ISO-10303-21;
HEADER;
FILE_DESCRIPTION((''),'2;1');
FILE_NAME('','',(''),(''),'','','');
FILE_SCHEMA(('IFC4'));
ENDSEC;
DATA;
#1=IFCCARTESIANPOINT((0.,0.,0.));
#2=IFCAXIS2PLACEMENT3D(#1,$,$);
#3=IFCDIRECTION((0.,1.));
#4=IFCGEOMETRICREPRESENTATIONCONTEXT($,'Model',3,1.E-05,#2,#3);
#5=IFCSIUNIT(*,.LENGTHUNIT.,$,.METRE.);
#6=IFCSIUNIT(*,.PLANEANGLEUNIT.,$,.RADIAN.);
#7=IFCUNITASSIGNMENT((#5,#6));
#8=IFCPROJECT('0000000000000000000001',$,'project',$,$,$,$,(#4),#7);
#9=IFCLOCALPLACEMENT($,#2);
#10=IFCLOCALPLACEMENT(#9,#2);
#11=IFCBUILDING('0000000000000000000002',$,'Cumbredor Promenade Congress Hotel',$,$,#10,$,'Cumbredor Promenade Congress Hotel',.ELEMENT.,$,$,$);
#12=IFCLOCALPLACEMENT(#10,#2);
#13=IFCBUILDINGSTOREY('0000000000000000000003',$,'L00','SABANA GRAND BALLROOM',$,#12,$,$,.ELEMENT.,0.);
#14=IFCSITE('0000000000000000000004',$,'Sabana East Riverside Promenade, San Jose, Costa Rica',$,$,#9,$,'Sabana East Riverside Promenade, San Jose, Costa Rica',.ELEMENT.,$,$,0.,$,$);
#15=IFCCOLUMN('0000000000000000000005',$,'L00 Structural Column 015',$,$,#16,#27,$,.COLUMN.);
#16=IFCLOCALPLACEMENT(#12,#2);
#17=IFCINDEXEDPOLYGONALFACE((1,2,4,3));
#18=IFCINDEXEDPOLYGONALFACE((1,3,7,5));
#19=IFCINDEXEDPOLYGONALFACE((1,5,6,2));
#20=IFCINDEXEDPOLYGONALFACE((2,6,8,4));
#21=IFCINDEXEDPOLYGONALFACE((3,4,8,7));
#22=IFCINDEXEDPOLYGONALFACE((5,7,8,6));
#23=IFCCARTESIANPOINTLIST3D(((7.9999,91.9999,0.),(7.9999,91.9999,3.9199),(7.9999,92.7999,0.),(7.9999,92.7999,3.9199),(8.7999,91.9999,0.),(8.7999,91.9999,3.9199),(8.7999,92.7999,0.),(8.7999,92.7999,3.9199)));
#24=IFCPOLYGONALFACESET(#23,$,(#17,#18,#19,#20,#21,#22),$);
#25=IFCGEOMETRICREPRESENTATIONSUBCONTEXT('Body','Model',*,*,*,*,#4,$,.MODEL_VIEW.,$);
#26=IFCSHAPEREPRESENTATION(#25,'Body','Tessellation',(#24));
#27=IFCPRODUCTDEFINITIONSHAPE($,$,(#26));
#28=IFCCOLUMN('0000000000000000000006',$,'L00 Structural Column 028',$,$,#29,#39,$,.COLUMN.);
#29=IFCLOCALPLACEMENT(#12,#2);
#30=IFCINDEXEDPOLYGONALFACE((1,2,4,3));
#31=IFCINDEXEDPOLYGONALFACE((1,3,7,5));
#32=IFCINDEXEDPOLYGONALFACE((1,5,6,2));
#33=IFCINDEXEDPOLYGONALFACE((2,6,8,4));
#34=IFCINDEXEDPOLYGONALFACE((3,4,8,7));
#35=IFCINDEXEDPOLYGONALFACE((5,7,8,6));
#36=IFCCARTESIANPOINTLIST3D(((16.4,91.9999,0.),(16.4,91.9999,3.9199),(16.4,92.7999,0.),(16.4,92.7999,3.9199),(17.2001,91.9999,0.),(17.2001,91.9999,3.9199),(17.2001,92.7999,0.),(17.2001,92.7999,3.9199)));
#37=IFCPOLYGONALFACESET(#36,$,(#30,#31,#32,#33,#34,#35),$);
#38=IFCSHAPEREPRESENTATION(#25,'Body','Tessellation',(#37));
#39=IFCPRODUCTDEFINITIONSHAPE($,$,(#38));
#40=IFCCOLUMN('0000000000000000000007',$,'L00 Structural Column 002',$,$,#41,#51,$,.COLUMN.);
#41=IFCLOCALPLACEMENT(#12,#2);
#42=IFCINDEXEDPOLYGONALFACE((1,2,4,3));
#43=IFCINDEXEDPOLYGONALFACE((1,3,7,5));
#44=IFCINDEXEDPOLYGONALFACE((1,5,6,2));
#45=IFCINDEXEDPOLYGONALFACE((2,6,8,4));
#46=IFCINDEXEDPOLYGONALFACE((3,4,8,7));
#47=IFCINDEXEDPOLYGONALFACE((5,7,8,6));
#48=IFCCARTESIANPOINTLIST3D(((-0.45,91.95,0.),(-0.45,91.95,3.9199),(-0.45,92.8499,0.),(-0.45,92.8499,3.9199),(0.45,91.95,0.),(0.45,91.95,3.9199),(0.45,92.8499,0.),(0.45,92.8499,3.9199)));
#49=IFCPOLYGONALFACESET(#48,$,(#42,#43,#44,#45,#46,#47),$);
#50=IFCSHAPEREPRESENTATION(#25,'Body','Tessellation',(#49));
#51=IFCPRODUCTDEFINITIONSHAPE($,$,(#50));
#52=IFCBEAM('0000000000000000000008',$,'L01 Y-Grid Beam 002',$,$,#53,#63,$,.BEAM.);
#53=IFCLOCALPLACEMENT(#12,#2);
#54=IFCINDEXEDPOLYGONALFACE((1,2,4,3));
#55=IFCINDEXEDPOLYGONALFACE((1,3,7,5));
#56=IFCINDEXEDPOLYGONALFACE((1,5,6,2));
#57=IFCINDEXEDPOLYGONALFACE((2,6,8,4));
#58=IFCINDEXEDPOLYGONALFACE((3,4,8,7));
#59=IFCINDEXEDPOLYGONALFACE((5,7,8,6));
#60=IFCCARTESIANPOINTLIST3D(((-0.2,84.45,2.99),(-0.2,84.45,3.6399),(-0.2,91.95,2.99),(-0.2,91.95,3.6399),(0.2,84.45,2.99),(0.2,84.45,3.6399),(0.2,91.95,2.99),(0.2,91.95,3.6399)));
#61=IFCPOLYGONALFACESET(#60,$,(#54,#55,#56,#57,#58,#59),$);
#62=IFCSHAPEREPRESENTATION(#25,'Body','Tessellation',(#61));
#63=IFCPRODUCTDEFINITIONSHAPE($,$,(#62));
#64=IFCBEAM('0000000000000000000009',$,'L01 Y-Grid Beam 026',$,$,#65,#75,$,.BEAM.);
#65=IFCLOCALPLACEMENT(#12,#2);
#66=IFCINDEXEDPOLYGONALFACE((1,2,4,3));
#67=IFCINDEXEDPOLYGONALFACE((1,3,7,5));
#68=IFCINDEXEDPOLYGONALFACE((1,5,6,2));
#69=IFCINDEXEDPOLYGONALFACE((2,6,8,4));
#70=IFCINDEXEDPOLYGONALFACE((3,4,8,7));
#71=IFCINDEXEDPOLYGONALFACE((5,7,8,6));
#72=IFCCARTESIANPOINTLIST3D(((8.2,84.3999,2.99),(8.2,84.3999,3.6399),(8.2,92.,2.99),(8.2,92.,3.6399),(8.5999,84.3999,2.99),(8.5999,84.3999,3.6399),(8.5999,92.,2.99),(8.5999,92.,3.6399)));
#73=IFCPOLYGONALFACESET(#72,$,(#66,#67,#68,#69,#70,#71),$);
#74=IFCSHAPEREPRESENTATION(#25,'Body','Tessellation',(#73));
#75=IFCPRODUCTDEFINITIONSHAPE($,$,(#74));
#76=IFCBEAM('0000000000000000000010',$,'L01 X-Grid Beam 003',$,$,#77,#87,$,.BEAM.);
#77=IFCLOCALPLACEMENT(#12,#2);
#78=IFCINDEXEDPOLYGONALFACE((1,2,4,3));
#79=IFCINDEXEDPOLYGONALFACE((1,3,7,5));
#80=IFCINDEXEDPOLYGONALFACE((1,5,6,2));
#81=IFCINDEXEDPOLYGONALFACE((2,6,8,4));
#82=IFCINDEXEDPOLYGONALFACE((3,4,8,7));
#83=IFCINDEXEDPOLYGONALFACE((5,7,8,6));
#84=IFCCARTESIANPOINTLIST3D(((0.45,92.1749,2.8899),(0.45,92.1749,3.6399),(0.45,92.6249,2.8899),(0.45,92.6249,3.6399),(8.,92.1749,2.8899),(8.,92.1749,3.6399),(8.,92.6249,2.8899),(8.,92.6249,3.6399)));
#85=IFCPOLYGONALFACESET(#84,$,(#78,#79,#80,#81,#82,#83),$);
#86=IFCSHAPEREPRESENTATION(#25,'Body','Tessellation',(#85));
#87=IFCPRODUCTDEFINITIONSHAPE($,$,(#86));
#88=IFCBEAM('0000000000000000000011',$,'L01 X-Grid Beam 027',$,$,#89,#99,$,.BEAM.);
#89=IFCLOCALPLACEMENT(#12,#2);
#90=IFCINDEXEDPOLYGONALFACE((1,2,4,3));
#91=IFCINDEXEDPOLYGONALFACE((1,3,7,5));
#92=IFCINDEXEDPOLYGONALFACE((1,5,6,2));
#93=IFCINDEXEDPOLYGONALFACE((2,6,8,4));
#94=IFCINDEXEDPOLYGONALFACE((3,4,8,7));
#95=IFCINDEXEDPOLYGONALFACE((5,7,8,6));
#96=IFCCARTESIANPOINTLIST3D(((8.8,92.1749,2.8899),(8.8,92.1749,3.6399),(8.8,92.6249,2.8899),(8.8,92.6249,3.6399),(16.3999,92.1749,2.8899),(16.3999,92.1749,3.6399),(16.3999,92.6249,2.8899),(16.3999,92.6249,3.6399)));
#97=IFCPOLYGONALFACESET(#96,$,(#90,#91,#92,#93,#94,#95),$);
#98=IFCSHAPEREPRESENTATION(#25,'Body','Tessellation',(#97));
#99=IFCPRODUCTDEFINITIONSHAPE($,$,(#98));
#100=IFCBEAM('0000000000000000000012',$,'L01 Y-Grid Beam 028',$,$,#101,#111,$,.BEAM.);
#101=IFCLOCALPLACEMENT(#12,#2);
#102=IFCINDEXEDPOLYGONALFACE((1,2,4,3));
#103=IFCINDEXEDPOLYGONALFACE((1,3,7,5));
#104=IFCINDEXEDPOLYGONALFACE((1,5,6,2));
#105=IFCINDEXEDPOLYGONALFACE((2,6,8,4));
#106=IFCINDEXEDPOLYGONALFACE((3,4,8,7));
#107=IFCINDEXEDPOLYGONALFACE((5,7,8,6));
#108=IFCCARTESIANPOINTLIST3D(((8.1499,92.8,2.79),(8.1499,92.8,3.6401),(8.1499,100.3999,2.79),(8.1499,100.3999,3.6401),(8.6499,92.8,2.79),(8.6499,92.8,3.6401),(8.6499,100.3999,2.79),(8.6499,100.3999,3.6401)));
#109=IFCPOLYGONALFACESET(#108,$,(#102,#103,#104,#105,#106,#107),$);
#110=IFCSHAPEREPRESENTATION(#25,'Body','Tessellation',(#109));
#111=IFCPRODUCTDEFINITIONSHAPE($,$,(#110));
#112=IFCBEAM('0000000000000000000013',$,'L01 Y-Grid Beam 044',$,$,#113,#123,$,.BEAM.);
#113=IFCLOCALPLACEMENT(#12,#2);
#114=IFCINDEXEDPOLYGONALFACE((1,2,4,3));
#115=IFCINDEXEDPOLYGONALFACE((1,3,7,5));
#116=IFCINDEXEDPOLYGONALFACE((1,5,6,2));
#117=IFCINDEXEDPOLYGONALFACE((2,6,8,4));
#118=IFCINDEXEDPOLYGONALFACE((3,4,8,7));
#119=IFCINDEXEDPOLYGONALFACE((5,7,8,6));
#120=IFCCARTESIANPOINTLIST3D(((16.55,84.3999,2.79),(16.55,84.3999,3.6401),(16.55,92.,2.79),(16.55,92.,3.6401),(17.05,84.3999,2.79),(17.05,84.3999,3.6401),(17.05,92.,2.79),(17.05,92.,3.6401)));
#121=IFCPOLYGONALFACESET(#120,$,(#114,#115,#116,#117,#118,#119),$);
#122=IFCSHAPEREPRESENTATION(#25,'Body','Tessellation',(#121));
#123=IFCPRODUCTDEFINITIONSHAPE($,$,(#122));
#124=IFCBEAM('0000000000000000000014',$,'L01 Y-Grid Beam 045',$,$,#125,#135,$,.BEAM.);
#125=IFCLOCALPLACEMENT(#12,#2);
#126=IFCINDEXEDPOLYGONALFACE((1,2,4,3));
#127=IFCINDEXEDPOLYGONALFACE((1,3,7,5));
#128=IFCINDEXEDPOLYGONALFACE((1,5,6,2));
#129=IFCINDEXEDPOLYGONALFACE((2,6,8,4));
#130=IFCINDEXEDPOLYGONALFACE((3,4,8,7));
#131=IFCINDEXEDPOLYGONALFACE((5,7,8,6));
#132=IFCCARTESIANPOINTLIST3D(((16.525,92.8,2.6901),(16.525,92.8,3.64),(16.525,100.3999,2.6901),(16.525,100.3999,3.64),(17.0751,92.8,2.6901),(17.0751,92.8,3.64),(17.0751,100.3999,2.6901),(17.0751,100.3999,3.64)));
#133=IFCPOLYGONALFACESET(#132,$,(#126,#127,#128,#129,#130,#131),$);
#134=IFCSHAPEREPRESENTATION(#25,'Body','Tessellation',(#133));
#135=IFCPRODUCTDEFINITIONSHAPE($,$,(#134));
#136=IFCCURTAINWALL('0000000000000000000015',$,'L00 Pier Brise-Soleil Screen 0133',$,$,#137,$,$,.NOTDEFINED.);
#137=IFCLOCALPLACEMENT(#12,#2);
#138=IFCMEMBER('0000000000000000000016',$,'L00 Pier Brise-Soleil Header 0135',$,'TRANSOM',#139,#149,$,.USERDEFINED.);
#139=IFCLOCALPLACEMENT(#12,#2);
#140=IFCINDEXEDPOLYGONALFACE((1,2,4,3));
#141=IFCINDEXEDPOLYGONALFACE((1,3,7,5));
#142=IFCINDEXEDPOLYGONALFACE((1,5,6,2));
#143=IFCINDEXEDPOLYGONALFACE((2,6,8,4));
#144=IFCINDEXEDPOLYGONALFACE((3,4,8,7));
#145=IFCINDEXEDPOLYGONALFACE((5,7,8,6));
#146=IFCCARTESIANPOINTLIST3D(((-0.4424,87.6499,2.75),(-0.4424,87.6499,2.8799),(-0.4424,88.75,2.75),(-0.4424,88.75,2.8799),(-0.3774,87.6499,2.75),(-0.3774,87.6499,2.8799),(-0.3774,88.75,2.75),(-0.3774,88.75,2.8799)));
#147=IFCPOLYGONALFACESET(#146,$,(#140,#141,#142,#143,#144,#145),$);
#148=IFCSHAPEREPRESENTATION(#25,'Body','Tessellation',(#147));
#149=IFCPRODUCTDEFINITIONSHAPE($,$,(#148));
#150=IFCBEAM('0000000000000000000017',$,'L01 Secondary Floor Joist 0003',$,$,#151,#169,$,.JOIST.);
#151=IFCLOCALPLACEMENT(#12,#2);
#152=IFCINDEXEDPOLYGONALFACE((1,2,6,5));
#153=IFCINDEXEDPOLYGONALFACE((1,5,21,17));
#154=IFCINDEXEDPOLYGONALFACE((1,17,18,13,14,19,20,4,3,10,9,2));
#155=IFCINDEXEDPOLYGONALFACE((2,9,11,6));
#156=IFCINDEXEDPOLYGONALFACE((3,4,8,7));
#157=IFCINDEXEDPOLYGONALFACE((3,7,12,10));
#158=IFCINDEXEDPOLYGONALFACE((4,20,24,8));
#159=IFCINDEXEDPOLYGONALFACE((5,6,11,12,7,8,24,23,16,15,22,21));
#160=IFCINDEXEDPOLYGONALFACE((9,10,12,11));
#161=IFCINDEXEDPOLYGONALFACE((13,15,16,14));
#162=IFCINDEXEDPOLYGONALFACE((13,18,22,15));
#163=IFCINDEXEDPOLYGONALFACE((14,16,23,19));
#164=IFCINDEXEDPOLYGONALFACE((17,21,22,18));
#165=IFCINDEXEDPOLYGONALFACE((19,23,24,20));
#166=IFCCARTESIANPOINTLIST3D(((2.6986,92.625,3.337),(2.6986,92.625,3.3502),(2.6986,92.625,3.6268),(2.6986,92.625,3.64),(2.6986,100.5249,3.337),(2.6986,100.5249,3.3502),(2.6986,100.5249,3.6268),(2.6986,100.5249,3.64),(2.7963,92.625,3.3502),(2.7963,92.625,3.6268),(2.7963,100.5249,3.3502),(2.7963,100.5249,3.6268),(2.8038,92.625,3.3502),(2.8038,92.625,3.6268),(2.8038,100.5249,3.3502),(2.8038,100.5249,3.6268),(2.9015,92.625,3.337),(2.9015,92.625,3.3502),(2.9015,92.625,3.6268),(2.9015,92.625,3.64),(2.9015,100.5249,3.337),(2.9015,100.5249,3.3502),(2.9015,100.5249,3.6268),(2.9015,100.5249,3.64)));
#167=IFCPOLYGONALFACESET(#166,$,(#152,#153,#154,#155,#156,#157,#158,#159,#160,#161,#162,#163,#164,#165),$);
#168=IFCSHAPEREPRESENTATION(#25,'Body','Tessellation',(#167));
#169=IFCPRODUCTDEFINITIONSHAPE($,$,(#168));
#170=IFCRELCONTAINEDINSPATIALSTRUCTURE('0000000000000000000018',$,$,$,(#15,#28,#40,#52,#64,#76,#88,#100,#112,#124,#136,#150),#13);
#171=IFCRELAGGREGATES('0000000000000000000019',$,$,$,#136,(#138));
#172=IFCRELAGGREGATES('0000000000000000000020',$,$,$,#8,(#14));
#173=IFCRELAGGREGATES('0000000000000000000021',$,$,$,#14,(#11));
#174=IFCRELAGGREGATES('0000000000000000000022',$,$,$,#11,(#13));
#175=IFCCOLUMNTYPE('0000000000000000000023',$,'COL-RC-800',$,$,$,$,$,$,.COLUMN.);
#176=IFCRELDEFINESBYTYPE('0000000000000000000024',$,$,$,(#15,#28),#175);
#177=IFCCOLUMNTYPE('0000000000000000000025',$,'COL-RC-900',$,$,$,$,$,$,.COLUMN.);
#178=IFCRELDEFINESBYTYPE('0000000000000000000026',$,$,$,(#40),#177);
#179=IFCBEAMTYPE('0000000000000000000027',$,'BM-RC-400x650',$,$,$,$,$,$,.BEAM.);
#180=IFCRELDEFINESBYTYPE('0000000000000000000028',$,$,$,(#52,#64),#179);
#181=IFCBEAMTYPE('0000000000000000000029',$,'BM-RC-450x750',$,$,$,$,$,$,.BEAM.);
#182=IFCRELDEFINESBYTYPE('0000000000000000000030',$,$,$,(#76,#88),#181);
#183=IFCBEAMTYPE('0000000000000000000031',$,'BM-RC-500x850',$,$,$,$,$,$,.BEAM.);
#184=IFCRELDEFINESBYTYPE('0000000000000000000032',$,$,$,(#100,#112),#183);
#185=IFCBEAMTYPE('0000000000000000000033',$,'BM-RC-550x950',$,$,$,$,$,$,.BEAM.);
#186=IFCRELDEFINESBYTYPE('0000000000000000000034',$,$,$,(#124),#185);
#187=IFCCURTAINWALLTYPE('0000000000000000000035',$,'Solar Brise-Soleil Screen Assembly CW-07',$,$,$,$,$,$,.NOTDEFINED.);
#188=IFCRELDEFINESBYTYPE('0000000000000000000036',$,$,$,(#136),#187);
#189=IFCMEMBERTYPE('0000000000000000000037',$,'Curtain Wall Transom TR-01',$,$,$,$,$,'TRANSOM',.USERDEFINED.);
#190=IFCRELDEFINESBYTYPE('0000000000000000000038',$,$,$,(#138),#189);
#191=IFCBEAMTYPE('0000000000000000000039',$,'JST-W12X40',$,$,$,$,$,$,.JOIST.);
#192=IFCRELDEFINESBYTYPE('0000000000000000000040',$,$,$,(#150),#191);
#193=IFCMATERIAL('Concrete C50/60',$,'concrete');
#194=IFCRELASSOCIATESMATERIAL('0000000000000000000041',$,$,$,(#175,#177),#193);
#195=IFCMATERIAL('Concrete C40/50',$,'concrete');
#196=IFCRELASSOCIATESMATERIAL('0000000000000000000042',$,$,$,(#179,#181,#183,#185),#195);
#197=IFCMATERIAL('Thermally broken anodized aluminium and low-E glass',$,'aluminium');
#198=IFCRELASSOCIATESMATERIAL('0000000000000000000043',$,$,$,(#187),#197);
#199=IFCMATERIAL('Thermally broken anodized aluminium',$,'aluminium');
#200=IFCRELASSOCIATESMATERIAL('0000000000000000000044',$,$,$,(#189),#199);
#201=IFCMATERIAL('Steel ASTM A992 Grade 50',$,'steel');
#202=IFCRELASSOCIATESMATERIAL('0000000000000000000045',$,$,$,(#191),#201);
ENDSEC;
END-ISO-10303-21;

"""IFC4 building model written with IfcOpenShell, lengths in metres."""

from ifc_helpers import new_model, si_unit, direction, frame, origin, origin_2d, place, context, subcontext, project, spatial, rectangle, i_section, extrude, material, material_profile, profile_set, type_object, element, aggregate, save


model = new_model("IFC4")

# Units and contexts
model_context = context("Model", 3, precision=1e-05, world=origin(), true_north=direction((0.0, 1.0)))
body_context = subcontext(model_context, "Body", "Model", "MODEL_VIEW")
ifc_project = project(units=[si_unit("LENGTHUNIT", "METRE"), si_unit("PLANEANGLEUNIT", "RADIAN")], contexts=[model_context])

# Site, building, storey
site_placement = place(None, origin())
site = spatial("IfcSite", under=ifc_project, at=site_placement, Name="Sabana East Riverside Promenade, San Jose, Costa Rica", LongName="Sabana East Riverside Promenade, San Jose, Costa Rica", CompositionType="ELEMENT", RefElevation=0.0)
building_placement = place(site_placement, origin())
building = spatial("IfcBuilding", under=site, at=building_placement, Name="Cumbredor Promenade Congress Hotel", LongName="Cumbredor Promenade Congress Hotel", CompositionType="ELEMENT")
storey_placement = place(building_placement, origin())
storey = spatial("IfcBuildingStorey", under=building, at=storey_placement, Name="L00", Description="SABANA GRAND BALLROOM", CompositionType="ELEMENT", Elevation=0.0)

# Columns
ifc_material_1 = material(Name="Concrete C50/60", Category="concrete")
ifc_material_profile_1 = material_profile(ifc_material_1, rectangle(XDim=0.8, YDim=0.8, at=origin_2d()), Name="RC 800x800")
ifc_profile_set_1 = profile_set([ifc_material_profile_1], Name="Concrete C50/60")
column_type_1 = type_object("IfcColumnType", Name="COL-RC-800", PredefinedType="COLUMN", material=ifc_profile_set_1)
for number, where, z_axis, x_axis, name in (
    (1, (8.3999, 92.3999, 0.0), (0.0, 0.0, 1.0), (1.0, 0.0, 0.0), "L00 Structural Column 015"),
    (2, (16.8, 92.3999, 0.0), (0.0, 0.0, 1.0), (1.0, 0.0, 0.0), "L00 Structural Column 028"),
):
    element("IfcColumn", number, at=place(storey_placement, frame(where, z_axis=z_axis, x_axis=x_axis)), inside=storey, type_object=column_type_1, Name=name, PredefinedType="COLUMN", context=body_context, shape_type="SweptSolid", body=[
        extrude(rectangle(XDim=0.8, YDim=0.8, at=origin_2d()), origin(), (0.0, 0.0, 1.0), 3.9199),
    ])
ifc_material_profile_2 = material_profile(ifc_material_1, rectangle(XDim=0.8999, YDim=0.8999, at=origin_2d()), Name="RC 900x900")
ifc_profile_set_2 = profile_set([ifc_material_profile_2], Name="Concrete C50/60")
column_type_2 = type_object("IfcColumnType", Name="COL-RC-900", PredefinedType="COLUMN", material=ifc_profile_set_2)
column_placement = place(storey_placement, frame((0.0, 92.3999, 0.0), z_axis=(0.0, 0.0, 1.0), x_axis=(1.0, 0.0, 0.0)))
element("IfcColumn", 3, at=column_placement, inside=storey, type_object=column_type_2, Name="L00 Structural Column 002", PredefinedType="COLUMN", context=body_context, shape_type="SweptSolid", body=[
    extrude(rectangle(XDim=0.8999, YDim=0.8999, at=origin_2d()), origin(), (0.0, 0.0, 1.0), 3.9199),
])

# Beams
ifc_material_2 = material(Name="Concrete C40/50", Category="concrete")
ifc_material_profile_3 = material_profile(ifc_material_2, rectangle(XDim=0.3999, YDim=0.6499, at=origin_2d()), Name="RC BEAM 400x650")
ifc_profile_set_3 = profile_set([ifc_material_profile_3], Name="Concrete C40/50")
beam_type_1 = type_object("IfcBeamType", Name="BM-RC-400x650", PredefinedType="BEAM", material=ifc_profile_set_3)
beam_1_placement = place(storey_placement, frame((0.0, 84.45, 3.3149), z_axis=(0.0, 1.0, 0.0), x_axis=(-1.0, 0.0, 0.0)))
element("IfcBeam", 4, at=beam_1_placement, inside=storey, type_object=beam_type_1, Name="L01 Y-Grid Beam 002", PredefinedType="BEAM", context=body_context, shape_type="SweptSolid", body=[
    extrude(rectangle(XDim=0.3999, YDim=0.6499, at=origin_2d()), origin(), (0.0, 0.0, 1.0), 7.5),
])
beam_2_placement = place(storey_placement, frame((8.3999, 84.3999, 3.3149), z_axis=(0.0, 1.0, 0.0), x_axis=(-1.0, 0.0, 0.0)))
element("IfcBeam", 5, at=beam_2_placement, inside=storey, type_object=beam_type_1, Name="L01 Y-Grid Beam 026", PredefinedType="BEAM", context=body_context, shape_type="SweptSolid", body=[
    extrude(rectangle(XDim=0.3999, YDim=0.6499, at=origin_2d()), origin(), (0.0, 0.0, 1.0), 7.6001),
])
ifc_material_profile_4 = material_profile(ifc_material_2, rectangle(XDim=0.45, YDim=0.75, at=origin_2d()), Name="RC BEAM 450x750")
ifc_profile_set_4 = profile_set([ifc_material_profile_4], Name="Concrete C40/50")
beam_type_2 = type_object("IfcBeamType", Name="BM-RC-450x750", PredefinedType="BEAM", material=ifc_profile_set_4)
beam_3_placement = place(storey_placement, frame((0.45, 92.3999, 3.2649), z_axis=(1.0, 0.0, 0.0), x_axis=(0.0, 1.0, 0.0)))
element("IfcBeam", 6, at=beam_3_placement, inside=storey, type_object=beam_type_2, Name="L01 X-Grid Beam 003", PredefinedType="BEAM", context=body_context, shape_type="SweptSolid", body=[
    extrude(rectangle(XDim=0.45, YDim=0.75, at=origin_2d()), origin(), (0.0, 0.0, 1.0), 7.55),
])
beam_4_placement = place(storey_placement, frame((8.8, 92.3999, 3.2649), z_axis=(1.0, 0.0, 0.0), x_axis=(0.0, 1.0, 0.0)))
element("IfcBeam", 7, at=beam_4_placement, inside=storey, type_object=beam_type_2, Name="L01 X-Grid Beam 027", PredefinedType="BEAM", context=body_context, shape_type="SweptSolid", body=[
    extrude(rectangle(XDim=0.45, YDim=0.75, at=origin_2d()), origin(), (0.0, 0.0, 1.0), 7.5999),
])
ifc_material_profile_5 = material_profile(ifc_material_2, rectangle(XDim=0.5, YDim=0.8501, at=origin_2d()), Name="RC BEAM 500x850")
ifc_profile_set_5 = profile_set([ifc_material_profile_5], Name="Concrete C40/50")
beam_type_3 = type_object("IfcBeamType", Name="BM-RC-500x850", PredefinedType="BEAM", material=ifc_profile_set_5)
beam_5_placement = place(storey_placement, frame((8.3999, 92.8, 3.2151), z_axis=(0.0, 1.0, 0.0), x_axis=(-1.0, 0.0, 0.0)))
element("IfcBeam", 8, at=beam_5_placement, inside=storey, type_object=beam_type_3, Name="L01 Y-Grid Beam 028", PredefinedType="BEAM", context=body_context, shape_type="SweptSolid", body=[
    extrude(rectangle(XDim=0.5, YDim=0.8501, at=origin_2d()), origin(), (0.0, 0.0, 1.0), 7.5999),
])
beam_6_placement = place(storey_placement, frame((16.8, 84.3999, 3.2151), z_axis=(0.0, 1.0, 0.0), x_axis=(-1.0, 0.0, 0.0)))
element("IfcBeam", 9, at=beam_6_placement, inside=storey, type_object=beam_type_3, Name="L01 Y-Grid Beam 044", PredefinedType="BEAM", context=body_context, shape_type="SweptSolid", body=[
    extrude(rectangle(XDim=0.5, YDim=0.8501, at=origin_2d()), origin(), (0.0, 0.0, 1.0), 7.6001),
])
ifc_material_profile_6 = material_profile(ifc_material_2, rectangle(XDim=0.55, YDim=0.95, at=origin_2d()), Name="RC BEAM 550x950")
ifc_profile_set_6 = profile_set([ifc_material_profile_6], Name="Concrete C40/50")
beam_type_4 = type_object("IfcBeamType", Name="BM-RC-550x950", PredefinedType="BEAM", material=ifc_profile_set_6)
beam_7_placement = place(storey_placement, frame((16.8, 92.8, 3.165), z_axis=(0.0, 1.0, 0.0), x_axis=(-1.0, 0.0, 0.0)))
element("IfcBeam", 10, at=beam_7_placement, inside=storey, type_object=beam_type_4, Name="L01 Y-Grid Beam 045", PredefinedType="BEAM", context=body_context, shape_type="SweptSolid", body=[
    extrude(rectangle(XDim=0.55, YDim=0.95, at=origin_2d()), origin(), (0.0, 0.0, 1.0), 7.5999),
])

# Curtain wall, member
ifc_material_3 = material(Name="Thermally broken anodized aluminium and low-E glass", Category="aluminium")
curtain_wall_type = type_object("IfcCurtainWallType", Name="Solar Brise-Soleil Screen Assembly CW-07", PredefinedType="NOTDEFINED", material=ifc_material_3)
curtain_wall_placement = place(storey_placement, origin())
curtain_wall = element("IfcCurtainWall", 11, at=curtain_wall_placement, inside=storey, type_object=curtain_wall_type, Name="L00 Pier Brise-Soleil Screen 0133", PredefinedType="NOTDEFINED")
ifc_material_4 = material(Name="Thermally broken anodized aluminium", Category="aluminium")
ifc_material_profile_7 = material_profile(ifc_material_4, rectangle(XDim=0.0649, YDim=0.1299, at=origin_2d()), Name="ALU TRANSOM 65x130")
ifc_profile_set_7 = profile_set([ifc_material_profile_7], Name="Thermally broken anodized aluminium")
member_type_1 = type_object("IfcMemberType", Name="Curtain Wall Transom TR-01", ElementType="TRANSOM", PredefinedType="USERDEFINED", material=ifc_profile_set_7)
member_1_placement = place(storey_placement, frame((-0.4099, 87.6499, 2.8149), z_axis=(0.0, 1.0, 0.0), x_axis=(-1.0, 0.0, 0.0)))
member_1 = element("IfcMember", 12, at=member_1_placement, type_object=member_type_1, Name="L00 Pier Brise-Soleil Header 0135", ObjectType="TRANSOM", PredefinedType="USERDEFINED", context=body_context, shape_type="SweptSolid", body=[
    extrude(rectangle(XDim=0.0649, YDim=0.1299, at=origin_2d()), origin(), (0.0, 0.0, 1.0), 1.1001),
])

# Beam
ifc_material_5 = material(Name="Steel ASTM A992 Grade 50", Category="steel")
ifc_material_profile_8 = material_profile(ifc_material_5, i_section(OverallWidth=0.2029, OverallDepth=0.303, WebThickness=0.0076, FlangeThickness=0.0132, at=origin_2d()), Name="W12X40")
ifc_profile_set_8 = profile_set([ifc_material_profile_8], Name="Steel ASTM A992 Grade 50")
beam_type_5 = type_object("IfcBeamType", Name="JST-W12X40", PredefinedType="JOIST", material=ifc_profile_set_8)
for number, where, z_axis, x_axis, name in (
    (13, (2.8, 92.625, 3.4885), (0.0, 1.0, 0.0), (-1.0, 0.0, 0.0), "L01 Secondary Floor Joist 0003"),
):
    element("IfcBeam", number, at=place(storey_placement, frame(where, z_axis=z_axis, x_axis=x_axis)), inside=storey, type_object=beam_type_5, Name=name, PredefinedType="JOIST", context=body_context, shape_type="SweptSolid", body=[
        extrude(i_section(OverallWidth=0.2029, OverallDepth=0.303, WebThickness=0.0076, FlangeThickness=0.0132, at=origin_2d()), origin(), (0.0, 0.0, 1.0), 7.8999),
    ])

aggregate(curtain_wall, [member_1])

save(model, "model.ifc")
